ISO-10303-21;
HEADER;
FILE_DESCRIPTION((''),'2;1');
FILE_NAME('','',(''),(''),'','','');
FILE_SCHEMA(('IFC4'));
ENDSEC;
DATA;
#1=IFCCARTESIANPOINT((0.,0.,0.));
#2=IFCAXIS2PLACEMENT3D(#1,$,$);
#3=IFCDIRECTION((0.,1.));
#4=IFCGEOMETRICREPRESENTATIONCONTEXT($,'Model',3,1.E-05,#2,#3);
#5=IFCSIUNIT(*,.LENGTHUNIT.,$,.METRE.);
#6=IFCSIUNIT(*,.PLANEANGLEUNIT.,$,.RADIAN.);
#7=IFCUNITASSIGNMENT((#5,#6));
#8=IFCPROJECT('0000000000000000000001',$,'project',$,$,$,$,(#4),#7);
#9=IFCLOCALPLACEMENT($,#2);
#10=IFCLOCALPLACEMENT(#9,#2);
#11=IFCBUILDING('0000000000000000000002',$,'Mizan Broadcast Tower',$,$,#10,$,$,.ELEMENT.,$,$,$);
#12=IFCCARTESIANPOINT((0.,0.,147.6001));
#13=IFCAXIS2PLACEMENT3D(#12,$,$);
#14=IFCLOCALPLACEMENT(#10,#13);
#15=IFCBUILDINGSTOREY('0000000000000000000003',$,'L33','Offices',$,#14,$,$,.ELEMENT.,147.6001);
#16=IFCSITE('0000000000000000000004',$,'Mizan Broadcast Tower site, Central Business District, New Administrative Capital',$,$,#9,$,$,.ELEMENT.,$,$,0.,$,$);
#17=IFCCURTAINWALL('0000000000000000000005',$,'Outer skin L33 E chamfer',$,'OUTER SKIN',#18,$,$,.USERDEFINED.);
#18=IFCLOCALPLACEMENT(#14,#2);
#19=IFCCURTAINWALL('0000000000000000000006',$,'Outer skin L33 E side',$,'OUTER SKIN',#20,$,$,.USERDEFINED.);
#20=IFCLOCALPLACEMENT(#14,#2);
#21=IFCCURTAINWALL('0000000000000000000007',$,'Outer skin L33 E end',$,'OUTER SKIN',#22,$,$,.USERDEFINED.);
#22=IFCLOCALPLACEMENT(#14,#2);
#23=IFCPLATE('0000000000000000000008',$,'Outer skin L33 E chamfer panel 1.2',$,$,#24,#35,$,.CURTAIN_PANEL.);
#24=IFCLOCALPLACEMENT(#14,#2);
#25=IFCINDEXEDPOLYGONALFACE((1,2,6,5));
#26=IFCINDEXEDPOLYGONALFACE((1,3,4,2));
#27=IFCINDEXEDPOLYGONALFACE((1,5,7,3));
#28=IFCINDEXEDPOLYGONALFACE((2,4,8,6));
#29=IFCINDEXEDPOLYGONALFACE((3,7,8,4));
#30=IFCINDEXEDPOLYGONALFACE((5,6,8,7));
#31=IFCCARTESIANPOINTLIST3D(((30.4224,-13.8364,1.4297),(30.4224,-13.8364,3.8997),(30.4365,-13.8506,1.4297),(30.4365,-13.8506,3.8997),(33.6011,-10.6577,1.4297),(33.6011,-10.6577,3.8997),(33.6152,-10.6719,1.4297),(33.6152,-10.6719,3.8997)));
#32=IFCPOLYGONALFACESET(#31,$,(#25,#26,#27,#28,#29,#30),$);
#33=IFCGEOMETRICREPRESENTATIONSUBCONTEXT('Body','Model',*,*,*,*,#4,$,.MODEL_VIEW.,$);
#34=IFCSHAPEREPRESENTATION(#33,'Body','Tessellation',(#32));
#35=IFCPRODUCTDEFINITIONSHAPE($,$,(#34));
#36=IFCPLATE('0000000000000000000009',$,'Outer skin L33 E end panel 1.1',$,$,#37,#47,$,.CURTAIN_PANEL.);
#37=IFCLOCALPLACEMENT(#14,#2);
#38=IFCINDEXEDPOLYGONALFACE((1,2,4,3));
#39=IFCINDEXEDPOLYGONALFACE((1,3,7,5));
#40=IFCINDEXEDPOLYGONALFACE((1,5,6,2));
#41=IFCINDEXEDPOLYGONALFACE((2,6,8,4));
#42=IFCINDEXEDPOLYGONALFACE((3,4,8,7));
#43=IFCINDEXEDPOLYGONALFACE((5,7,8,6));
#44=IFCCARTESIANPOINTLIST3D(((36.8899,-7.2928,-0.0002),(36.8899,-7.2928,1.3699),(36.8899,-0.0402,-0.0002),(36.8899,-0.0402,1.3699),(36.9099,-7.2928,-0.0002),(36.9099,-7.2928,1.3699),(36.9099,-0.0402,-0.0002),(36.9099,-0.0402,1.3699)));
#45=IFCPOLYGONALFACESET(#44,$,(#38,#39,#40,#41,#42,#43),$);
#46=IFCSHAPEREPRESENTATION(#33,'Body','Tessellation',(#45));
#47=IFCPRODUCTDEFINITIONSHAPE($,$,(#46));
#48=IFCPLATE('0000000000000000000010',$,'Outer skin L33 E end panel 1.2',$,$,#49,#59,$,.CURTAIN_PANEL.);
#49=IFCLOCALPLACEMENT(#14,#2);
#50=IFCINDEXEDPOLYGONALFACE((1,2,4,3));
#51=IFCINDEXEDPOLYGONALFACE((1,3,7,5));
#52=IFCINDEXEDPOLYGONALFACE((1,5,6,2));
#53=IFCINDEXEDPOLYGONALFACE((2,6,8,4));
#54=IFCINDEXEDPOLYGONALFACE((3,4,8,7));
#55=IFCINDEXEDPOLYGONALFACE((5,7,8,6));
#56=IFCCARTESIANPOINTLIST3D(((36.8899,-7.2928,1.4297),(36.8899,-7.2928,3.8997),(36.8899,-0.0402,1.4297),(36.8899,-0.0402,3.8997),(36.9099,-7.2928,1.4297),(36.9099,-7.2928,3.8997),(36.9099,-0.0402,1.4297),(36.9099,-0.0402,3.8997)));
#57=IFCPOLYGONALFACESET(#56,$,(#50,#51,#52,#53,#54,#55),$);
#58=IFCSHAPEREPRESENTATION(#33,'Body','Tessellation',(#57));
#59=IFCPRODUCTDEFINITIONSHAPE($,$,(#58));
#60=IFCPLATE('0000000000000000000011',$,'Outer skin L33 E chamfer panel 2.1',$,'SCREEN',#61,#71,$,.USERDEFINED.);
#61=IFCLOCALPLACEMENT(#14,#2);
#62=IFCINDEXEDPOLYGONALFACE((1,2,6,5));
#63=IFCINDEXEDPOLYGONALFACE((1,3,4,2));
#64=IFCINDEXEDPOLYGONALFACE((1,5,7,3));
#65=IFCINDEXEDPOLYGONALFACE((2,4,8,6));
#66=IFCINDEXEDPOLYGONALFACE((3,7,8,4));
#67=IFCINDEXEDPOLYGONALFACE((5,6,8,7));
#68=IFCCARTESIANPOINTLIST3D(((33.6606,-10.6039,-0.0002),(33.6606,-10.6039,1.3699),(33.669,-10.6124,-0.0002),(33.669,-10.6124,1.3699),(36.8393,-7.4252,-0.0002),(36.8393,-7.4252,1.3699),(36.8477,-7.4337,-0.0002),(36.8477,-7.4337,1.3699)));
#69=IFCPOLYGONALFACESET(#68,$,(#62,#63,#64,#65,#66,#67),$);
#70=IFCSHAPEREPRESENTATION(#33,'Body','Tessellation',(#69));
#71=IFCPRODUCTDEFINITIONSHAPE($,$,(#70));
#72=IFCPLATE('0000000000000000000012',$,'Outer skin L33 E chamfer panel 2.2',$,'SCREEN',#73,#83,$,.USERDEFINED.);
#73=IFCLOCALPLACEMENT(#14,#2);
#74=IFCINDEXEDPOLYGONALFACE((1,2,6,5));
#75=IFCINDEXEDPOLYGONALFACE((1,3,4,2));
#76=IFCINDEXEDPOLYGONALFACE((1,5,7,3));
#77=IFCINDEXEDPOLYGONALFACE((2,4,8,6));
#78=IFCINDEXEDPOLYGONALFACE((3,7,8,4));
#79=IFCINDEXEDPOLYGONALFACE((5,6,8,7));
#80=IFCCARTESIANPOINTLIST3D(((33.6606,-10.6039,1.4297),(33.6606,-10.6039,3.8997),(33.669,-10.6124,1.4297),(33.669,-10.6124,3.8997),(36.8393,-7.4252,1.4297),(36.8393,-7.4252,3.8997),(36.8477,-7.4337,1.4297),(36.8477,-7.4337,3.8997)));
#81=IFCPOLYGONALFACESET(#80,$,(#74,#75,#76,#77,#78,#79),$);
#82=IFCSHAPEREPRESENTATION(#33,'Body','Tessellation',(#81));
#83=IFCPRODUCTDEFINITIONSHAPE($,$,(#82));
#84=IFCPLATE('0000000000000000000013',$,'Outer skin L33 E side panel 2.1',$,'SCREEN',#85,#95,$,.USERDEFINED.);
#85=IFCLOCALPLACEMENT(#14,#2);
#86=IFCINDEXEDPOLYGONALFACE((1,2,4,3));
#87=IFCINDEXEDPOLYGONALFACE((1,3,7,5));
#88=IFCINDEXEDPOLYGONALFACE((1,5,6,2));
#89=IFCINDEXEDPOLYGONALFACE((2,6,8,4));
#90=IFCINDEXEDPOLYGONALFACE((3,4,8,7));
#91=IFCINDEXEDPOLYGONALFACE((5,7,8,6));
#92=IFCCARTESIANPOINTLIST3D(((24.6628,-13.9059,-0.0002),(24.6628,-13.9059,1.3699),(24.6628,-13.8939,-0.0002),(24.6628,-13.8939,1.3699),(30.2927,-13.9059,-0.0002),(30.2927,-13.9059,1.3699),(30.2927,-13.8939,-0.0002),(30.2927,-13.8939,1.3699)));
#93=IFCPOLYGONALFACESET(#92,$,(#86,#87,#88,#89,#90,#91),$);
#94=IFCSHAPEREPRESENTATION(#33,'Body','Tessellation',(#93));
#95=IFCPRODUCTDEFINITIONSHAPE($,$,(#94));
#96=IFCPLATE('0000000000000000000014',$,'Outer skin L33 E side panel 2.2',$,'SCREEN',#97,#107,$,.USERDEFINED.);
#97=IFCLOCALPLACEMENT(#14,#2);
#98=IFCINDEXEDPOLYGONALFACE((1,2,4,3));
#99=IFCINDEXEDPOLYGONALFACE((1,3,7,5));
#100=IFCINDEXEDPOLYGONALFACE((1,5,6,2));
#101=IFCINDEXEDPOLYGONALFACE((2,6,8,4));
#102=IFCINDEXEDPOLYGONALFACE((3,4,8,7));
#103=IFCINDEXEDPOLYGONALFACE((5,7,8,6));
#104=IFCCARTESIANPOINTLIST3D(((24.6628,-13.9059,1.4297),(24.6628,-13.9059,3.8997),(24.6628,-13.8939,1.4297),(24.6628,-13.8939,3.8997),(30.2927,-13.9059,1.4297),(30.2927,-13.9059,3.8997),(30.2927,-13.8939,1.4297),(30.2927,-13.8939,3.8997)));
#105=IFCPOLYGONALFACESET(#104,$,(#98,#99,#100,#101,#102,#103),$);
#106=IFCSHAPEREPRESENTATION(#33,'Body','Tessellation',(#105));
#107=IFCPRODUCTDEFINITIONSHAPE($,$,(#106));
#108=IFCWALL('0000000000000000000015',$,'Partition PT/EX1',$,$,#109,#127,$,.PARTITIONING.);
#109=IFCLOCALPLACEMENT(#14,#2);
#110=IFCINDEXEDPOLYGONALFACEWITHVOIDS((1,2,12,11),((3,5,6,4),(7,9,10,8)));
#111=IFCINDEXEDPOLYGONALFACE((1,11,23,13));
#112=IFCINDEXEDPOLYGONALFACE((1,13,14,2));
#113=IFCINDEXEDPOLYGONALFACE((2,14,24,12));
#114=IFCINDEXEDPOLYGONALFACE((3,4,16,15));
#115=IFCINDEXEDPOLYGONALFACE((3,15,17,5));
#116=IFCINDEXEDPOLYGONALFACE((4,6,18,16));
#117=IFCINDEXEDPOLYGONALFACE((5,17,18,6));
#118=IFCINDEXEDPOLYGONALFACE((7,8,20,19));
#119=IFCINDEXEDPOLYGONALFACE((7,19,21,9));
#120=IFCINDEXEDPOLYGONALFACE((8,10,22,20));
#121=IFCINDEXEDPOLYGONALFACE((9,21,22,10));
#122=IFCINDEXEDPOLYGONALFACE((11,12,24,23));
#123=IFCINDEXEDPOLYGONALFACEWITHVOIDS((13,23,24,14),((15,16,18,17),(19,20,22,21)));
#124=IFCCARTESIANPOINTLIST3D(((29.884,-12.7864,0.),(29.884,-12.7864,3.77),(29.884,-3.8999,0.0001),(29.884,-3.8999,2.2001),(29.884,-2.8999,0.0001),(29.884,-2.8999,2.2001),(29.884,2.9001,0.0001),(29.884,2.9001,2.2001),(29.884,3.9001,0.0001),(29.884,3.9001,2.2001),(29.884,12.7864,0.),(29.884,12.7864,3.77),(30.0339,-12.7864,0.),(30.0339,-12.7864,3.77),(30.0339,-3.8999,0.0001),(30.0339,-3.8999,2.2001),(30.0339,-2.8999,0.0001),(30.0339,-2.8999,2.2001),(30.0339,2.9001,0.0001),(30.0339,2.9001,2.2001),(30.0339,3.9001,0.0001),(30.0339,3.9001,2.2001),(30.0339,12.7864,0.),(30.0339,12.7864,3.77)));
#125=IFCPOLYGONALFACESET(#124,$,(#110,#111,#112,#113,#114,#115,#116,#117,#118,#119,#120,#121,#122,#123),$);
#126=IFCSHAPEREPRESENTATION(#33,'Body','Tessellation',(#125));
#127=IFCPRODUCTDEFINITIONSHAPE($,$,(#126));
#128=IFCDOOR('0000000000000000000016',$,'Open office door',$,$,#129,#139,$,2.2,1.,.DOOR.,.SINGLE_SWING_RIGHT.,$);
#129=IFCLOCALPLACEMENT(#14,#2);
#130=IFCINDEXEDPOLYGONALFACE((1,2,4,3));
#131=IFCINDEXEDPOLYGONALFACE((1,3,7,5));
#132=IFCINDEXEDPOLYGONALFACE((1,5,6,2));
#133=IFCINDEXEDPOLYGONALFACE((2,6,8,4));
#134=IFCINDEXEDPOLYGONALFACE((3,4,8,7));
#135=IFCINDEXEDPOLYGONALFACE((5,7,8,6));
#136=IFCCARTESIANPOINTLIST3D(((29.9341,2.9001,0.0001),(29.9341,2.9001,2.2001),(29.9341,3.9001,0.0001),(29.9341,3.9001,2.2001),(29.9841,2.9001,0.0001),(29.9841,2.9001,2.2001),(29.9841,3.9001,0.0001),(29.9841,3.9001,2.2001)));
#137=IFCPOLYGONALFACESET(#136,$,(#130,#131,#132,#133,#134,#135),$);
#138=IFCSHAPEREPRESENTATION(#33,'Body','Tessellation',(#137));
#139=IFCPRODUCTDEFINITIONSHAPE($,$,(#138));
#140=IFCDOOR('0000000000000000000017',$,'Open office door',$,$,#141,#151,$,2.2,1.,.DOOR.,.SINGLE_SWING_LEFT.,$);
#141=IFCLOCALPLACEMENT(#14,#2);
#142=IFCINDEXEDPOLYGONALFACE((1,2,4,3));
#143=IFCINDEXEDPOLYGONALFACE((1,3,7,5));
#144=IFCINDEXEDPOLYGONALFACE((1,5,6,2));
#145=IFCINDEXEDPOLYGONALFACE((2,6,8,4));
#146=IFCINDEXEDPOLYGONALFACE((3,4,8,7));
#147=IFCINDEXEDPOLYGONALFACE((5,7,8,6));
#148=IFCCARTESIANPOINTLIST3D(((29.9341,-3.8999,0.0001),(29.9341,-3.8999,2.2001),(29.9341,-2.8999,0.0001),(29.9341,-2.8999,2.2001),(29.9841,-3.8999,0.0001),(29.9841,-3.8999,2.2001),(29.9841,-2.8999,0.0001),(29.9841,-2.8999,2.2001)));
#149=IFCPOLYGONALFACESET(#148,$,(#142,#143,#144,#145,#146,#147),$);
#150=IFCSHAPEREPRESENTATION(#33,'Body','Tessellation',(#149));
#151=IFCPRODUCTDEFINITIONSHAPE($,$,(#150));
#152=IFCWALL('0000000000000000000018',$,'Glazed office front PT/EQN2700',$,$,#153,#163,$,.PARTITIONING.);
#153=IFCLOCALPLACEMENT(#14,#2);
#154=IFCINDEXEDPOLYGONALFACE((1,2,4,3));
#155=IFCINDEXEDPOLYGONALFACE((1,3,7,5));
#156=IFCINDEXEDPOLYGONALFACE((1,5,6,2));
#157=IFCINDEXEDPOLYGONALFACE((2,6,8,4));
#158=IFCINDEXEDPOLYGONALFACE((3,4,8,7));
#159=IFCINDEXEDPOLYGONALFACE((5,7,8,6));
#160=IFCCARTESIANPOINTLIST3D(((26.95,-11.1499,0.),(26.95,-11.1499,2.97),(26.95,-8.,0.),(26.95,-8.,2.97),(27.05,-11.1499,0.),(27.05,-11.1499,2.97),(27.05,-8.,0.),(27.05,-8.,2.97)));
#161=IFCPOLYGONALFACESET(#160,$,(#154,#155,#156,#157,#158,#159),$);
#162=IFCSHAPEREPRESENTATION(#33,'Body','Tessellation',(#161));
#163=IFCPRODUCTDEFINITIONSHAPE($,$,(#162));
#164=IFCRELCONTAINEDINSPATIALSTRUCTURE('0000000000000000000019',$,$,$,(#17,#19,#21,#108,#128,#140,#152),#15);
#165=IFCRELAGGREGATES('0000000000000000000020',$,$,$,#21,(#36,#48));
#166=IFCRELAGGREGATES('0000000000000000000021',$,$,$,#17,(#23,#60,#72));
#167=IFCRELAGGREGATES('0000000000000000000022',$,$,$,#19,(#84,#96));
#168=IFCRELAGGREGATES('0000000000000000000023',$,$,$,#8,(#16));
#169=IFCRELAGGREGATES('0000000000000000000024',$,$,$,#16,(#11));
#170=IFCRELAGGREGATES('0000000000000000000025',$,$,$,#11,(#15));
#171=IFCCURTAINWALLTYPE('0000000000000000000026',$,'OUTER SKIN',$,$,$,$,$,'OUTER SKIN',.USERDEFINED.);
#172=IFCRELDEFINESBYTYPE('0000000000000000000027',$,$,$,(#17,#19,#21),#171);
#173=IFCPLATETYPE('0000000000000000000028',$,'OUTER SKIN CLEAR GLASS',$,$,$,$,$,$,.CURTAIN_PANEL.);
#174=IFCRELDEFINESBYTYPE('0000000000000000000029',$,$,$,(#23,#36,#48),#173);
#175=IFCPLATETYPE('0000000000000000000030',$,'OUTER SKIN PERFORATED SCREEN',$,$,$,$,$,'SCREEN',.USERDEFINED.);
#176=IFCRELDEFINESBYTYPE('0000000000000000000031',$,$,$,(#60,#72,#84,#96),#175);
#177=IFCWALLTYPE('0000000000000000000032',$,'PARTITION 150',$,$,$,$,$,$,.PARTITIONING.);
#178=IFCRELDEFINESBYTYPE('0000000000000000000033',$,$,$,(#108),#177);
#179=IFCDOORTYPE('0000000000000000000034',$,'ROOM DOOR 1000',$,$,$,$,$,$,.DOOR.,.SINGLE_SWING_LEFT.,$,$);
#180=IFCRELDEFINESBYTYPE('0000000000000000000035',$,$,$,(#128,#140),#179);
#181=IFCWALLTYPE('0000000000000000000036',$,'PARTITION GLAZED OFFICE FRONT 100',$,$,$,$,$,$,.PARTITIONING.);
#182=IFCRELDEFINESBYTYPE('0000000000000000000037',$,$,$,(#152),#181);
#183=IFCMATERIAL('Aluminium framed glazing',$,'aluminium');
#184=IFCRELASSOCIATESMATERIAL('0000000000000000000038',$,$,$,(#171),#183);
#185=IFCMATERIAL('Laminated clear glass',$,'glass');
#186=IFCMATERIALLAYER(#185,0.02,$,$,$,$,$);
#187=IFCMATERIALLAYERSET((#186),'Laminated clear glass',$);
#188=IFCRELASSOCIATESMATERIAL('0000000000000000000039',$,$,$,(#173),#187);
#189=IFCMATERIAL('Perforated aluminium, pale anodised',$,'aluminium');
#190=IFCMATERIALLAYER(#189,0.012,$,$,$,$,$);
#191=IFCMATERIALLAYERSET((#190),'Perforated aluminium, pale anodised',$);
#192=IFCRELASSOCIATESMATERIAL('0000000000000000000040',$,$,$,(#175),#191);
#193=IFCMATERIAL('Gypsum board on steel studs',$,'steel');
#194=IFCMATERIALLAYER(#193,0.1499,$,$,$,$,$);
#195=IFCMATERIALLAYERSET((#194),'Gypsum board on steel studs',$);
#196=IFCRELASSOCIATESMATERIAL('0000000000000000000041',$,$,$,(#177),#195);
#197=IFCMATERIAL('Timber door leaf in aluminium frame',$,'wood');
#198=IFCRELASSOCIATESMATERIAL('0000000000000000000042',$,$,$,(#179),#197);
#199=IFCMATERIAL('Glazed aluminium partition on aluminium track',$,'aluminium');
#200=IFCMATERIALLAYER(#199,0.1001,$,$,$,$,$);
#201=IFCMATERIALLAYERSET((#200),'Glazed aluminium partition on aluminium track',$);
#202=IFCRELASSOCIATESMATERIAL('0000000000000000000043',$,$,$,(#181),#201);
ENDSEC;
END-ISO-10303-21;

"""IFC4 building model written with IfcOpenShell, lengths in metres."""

from ifc_helpers import new_model, si_unit, direction, frame, frame_2d, origin, origin_2d, place, context, subcontext, project, spatial, rectangle, extrude, material, layer, layer_set, type_object, element, fill, aggregate, save


model = new_model("IFC4")

# Units and contexts
model_context = context("Model", 3, precision=1e-05, world=origin(), true_north=direction((0.0, 1.0)))
body_context = subcontext(model_context, "Body", "Model", "MODEL_VIEW")
ifc_project = project(units=[si_unit("LENGTHUNIT", "METRE"), si_unit("PLANEANGLEUNIT", "RADIAN")], contexts=[model_context])

# Site, building, storey
site_placement = place(None, origin())
site = spatial("IfcSite", under=ifc_project, at=site_placement, Name="Mizan Broadcast Tower site, Central Business District, New Administrative Capital", CompositionType="ELEMENT", RefElevation=0.0)
building_placement = place(site_placement, origin())
building = spatial("IfcBuilding", under=site, at=building_placement, Name="Mizan Broadcast Tower", CompositionType="ELEMENT")
storey_placement = place(building_placement, frame((0.0, 0.0, 147.6001)))
storey = spatial("IfcBuildingStorey", under=building, at=storey_placement, Name="L33", Description="Offices", CompositionType="ELEMENT", Elevation=147.6001)

# Curtain wall
ifc_material_1 = material(Name="Aluminium framed glazing", Category="aluminium")
curtain_wall_type_1 = type_object("IfcCurtainWallType", Name="OUTER SKIN", ElementType="OUTER SKIN", PredefinedType="USERDEFINED", material=ifc_material_1)
curtain_wall_1_placement = place(storey_placement, origin())
curtain_wall_1 = element("IfcCurtainWall", 1, at=curtain_wall_1_placement, inside=storey, type_object=curtain_wall_type_1, Name="Outer skin L33 E chamfer", ObjectType="OUTER SKIN", PredefinedType="USERDEFINED")

# Curtain wall
curtain_wall_2_placement = place(storey_placement, origin())
curtain_wall_2 = element("IfcCurtainWall", 2, at=curtain_wall_2_placement, inside=storey, type_object=curtain_wall_type_1, Name="Outer skin L33 E side", ObjectType="OUTER SKIN", PredefinedType="USERDEFINED")

# Curtain wall
curtain_wall_3_placement = place(storey_placement, origin())
curtain_wall_3 = element("IfcCurtainWall", 3, at=curtain_wall_3_placement, inside=storey, type_object=curtain_wall_type_1, Name="Outer skin L33 E end", ObjectType="OUTER SKIN", PredefinedType="USERDEFINED")

# Plates
ifc_material_2 = material(Name="Laminated clear glass", Category="glass")
ifc_layer_1 = layer(ifc_material_2, 0.02)
ifc_layer_set_1 = layer_set([ifc_layer_1], Name="Laminated clear glass")
plate_type_1 = type_object("IfcPlateType", Name="OUTER SKIN CLEAR GLASS", PredefinedType="CURTAIN_PANEL", material=ifc_layer_set_1)
plate_1_placement = place(storey_placement, frame((32.0188, -12.2542, 1.4297), z_axis=(0.0, 0.0, 1.0), x_axis=(0.707107, 0.707107, 0.0)))
plate_1 = element("IfcPlate", 4, at=plate_1_placement, type_object=plate_type_1, Name="Outer skin L33 E chamfer panel 1.2", PredefinedType="CURTAIN_PANEL", context=body_context, shape_type="SweptSolid", body=[
    extrude(rectangle(XDim=4.4954, YDim=0.02, at=origin_2d()), origin(), (0.0, 0.0, 1.0), 2.47),
])
plate_2_placement = place(storey_placement, frame((36.8999, -3.6665, -0.0002), z_axis=(0.0, 0.0, 1.0), x_axis=(0.0, 1.0, 0.0)))
plate_2 = element("IfcPlate", 5, at=plate_2_placement, type_object=plate_type_1, Name="Outer skin L33 E end panel 1.1", PredefinedType="CURTAIN_PANEL", context=body_context, shape_type="SweptSolid", body=[
    extrude(rectangle(XDim=7.2527, YDim=0.02, at=origin_2d()), origin(), (0.0, 0.0, 1.0), 1.3701),
])
plate_3_placement = place(storey_placement, frame((36.8999, -3.6665, 1.4297), z_axis=(0.0, 0.0, 1.0), x_axis=(0.0, 1.0, 0.0)))
plate_3 = element("IfcPlate", 6, at=plate_3_placement, type_object=plate_type_1, Name="Outer skin L33 E end panel 1.2", PredefinedType="CURTAIN_PANEL", context=body_context, shape_type="SweptSolid", body=[
    extrude(rectangle(XDim=7.2527, YDim=0.02, at=origin_2d()), origin(), (0.0, 0.0, 1.0), 2.47),
])
aggregate(curtain_wall_3, [plate_2, plate_3])
ifc_material_3 = material(Name="Perforated aluminium, pale anodised", Category="aluminium")
ifc_layer_2 = layer(ifc_material_3, 0.012)
ifc_layer_set_2 = layer_set([ifc_layer_2], Name="Perforated aluminium, pale anodised")
plate_type_2 = type_object("IfcPlateType", Name="OUTER SKIN PERFORATED SCREEN", ElementType="SCREEN", PredefinedType="USERDEFINED", material=ifc_layer_set_2)
plate_4_placement = place(storey_placement, frame((35.2542, -9.0188, -0.0002), z_axis=(0.0, 0.0, 1.0), x_axis=(0.707107, 0.707107, 0.0)))
plate_4 = element("IfcPlate", 7, at=plate_4_placement, type_object=plate_type_2, Name="Outer skin L33 E chamfer panel 2.1", ObjectType="SCREEN", PredefinedType="USERDEFINED", context=body_context, shape_type="SweptSolid", body=[
    extrude(rectangle(XDim=4.4954, YDim=0.012, at=origin_2d()), origin(), (0.0, 0.0, 1.0), 1.3701),
])
plate_5_placement = place(storey_placement, frame((35.2542, -9.0188, 1.4297), z_axis=(0.0, 0.0, 1.0), x_axis=(0.707107, 0.707107, 0.0)))
plate_5 = element("IfcPlate", 8, at=plate_5_placement, type_object=plate_type_2, Name="Outer skin L33 E chamfer panel 2.2", ObjectType="SCREEN", PredefinedType="USERDEFINED", context=body_context, shape_type="SweptSolid", body=[
    extrude(rectangle(XDim=4.4954, YDim=0.012, at=origin_2d()), origin(), (0.0, 0.0, 1.0), 2.47),
])
aggregate(curtain_wall_1, [plate_1, plate_4, plate_5])
plate_6_placement = place(storey_placement, frame((27.4778, -13.8999, -0.0002), z_axis=(0.0, 0.0, 1.0), x_axis=(1.0, 0.0, 0.0)))
plate_6 = element("IfcPlate", 9, at=plate_6_placement, type_object=plate_type_2, Name="Outer skin L33 E side panel 2.1", ObjectType="SCREEN", PredefinedType="USERDEFINED", context=body_context, shape_type="SweptSolid", body=[
    extrude(rectangle(XDim=5.6299, YDim=0.012, at=origin_2d()), origin(), (0.0, 0.0, 1.0), 1.3701),
])
plate_7_placement = place(storey_placement, frame((27.4778, -13.8999, 1.4297), z_axis=(0.0, 0.0, 1.0), x_axis=(1.0, 0.0, 0.0)))
plate_7 = element("IfcPlate", 10, at=plate_7_placement, type_object=plate_type_2, Name="Outer skin L33 E side panel 2.2", ObjectType="SCREEN", PredefinedType="USERDEFINED", context=body_context, shape_type="SweptSolid", body=[
    extrude(rectangle(XDim=5.6299, YDim=0.012, at=origin_2d()), origin(), (0.0, 0.0, 1.0), 2.47),
])
aggregate(curtain_wall_2, [plate_6, plate_7])

# Wall, openings, doors
ifc_material_4 = material(Name="Gypsum board on steel studs", Category="steel")
ifc_layer_3 = layer(ifc_material_4, 0.1499)
ifc_layer_set_3 = layer_set([ifc_layer_3], Name="Gypsum board on steel studs")
wall_type_1 = type_object("IfcWallType", Name="PARTITION 150", PredefinedType="PARTITIONING", material=ifc_layer_set_3)
wall_1_placement = place(storey_placement, frame((29.959, -12.7864, 0.0), z_axis=(0.0, 0.0, 1.0), x_axis=(0.0, 1.0, 0.0)))
wall_1 = element("IfcWall", 11, at=wall_1_placement, inside=storey, type_object=wall_type_1, Name="Partition PT/EX1", PredefinedType="PARTITIONING", context=body_context, shape_type="SweptSolid", body=[
    extrude(rectangle(XDim=25.5728, YDim=0.1499, at=frame_2d((12.7864, 0.0))), origin(), (0.0, 0.0, 1.0), 3.77),
])
opening_1_placement = place(wall_1_placement, frame((15.6865, 0.0, 0.0)))
opening_1 = element("IfcOpeningElement", 12, at=opening_1_placement, cuts=wall_1, PredefinedType="OPENING", context=body_context, shape_type="SweptSolid", body=[
    extrude(rectangle(XDim=1.0, YDim=2.2, at=frame_2d((0.5, 1.1001))), frame((0.0, 0.085, 0.0), z_axis=(0.0, -1.0, 0.0), x_axis=(1.0, 0.0, 0.0)), (0.0, 0.0, 1.0), 0.1699),
])
opening_2_placement = place(wall_1_placement, frame((8.8865, 0.0, 0.0)))
opening_2 = element("IfcOpeningElement", 13, at=opening_2_placement, cuts=wall_1, PredefinedType="OPENING", context=body_context, shape_type="SweptSolid", body=[
    extrude(rectangle(XDim=1.0, YDim=2.2, at=frame_2d((0.5, 1.1001))), frame((0.0, 0.085, 0.0), z_axis=(0.0, -1.0, 0.0), x_axis=(1.0, 0.0, 0.0)), (0.0, 0.0, 1.0), 0.1699),
])
ifc_material_5 = material(Name="Timber door leaf in aluminium frame", Category="wood")
door_type = type_object("IfcDoorType", Name="ROOM DOOR 1000", OperationType="SINGLE_SWING_LEFT", PredefinedType="DOOR", material=ifc_material_5)
door_1_placement = place(opening_1_placement, origin())
door_1 = element("IfcDoor", 14, at=door_1_placement, inside=storey, type_object=door_type, Name="Open office door", OperationType="SINGLE_SWING_RIGHT", OverallHeight=2.2, OverallWidth=1.0, PredefinedType="DOOR", context=body_context, shape_type="SweptSolid", body=[
    extrude(rectangle(XDim=1.0, YDim=2.2, at=frame_2d((0.5, 1.1001))), frame((0.0, 0.0249, 0.0), z_axis=(0.0, -1.0, 0.0), x_axis=(1.0, 0.0, 0.0)), (0.0, 0.0, 1.0), 0.05),
])
fill(opening_1, door_1)
door_2_placement = place(opening_2_placement, origin())
door_2 = element("IfcDoor", 15, at=door_2_placement, inside=storey, type_object=door_type, Name="Open office door", OperationType="SINGLE_SWING_LEFT", OverallHeight=2.2, OverallWidth=1.0, PredefinedType="DOOR", context=body_context, shape_type="SweptSolid", body=[
    extrude(rectangle(XDim=1.0, YDim=2.2, at=frame_2d((0.5, 1.1001))), frame((0.0, 0.0249, 0.0), z_axis=(0.0, -1.0, 0.0), x_axis=(1.0, 0.0, 0.0)), (0.0, 0.0, 1.0), 0.05),
])
fill(opening_2, door_2)

# Wall
ifc_material_6 = material(Name="Glazed aluminium partition on aluminium track", Category="aluminium")
ifc_layer_4 = layer(ifc_material_6, 0.1001)
ifc_layer_set_4 = layer_set([ifc_layer_4], Name="Glazed aluminium partition on aluminium track")
wall_type_2 = type_object("IfcWallType", Name="PARTITION GLAZED OFFICE FRONT 100", PredefinedType="PARTITIONING", material=ifc_layer_set_4)
wall_2_placement = place(storey_placement, frame((27.0, -8.0, 0.0), z_axis=(0.0, 0.0, 1.0), x_axis=(0.0, -1.0, 0.0)))
element("IfcWall", 16, at=wall_2_placement, inside=storey, type_object=wall_type_2, Name="Glazed office front PT/EQN2700", PredefinedType="PARTITIONING", context=body_context, shape_type="SweptSolid", body=[
    extrude(rectangle(XDim=3.1499, YDim=0.1001, at=frame_2d((1.575, 0.0))), origin(), (0.0, 0.0, 1.0), 2.97),
])

save(model, "model.ifc")
